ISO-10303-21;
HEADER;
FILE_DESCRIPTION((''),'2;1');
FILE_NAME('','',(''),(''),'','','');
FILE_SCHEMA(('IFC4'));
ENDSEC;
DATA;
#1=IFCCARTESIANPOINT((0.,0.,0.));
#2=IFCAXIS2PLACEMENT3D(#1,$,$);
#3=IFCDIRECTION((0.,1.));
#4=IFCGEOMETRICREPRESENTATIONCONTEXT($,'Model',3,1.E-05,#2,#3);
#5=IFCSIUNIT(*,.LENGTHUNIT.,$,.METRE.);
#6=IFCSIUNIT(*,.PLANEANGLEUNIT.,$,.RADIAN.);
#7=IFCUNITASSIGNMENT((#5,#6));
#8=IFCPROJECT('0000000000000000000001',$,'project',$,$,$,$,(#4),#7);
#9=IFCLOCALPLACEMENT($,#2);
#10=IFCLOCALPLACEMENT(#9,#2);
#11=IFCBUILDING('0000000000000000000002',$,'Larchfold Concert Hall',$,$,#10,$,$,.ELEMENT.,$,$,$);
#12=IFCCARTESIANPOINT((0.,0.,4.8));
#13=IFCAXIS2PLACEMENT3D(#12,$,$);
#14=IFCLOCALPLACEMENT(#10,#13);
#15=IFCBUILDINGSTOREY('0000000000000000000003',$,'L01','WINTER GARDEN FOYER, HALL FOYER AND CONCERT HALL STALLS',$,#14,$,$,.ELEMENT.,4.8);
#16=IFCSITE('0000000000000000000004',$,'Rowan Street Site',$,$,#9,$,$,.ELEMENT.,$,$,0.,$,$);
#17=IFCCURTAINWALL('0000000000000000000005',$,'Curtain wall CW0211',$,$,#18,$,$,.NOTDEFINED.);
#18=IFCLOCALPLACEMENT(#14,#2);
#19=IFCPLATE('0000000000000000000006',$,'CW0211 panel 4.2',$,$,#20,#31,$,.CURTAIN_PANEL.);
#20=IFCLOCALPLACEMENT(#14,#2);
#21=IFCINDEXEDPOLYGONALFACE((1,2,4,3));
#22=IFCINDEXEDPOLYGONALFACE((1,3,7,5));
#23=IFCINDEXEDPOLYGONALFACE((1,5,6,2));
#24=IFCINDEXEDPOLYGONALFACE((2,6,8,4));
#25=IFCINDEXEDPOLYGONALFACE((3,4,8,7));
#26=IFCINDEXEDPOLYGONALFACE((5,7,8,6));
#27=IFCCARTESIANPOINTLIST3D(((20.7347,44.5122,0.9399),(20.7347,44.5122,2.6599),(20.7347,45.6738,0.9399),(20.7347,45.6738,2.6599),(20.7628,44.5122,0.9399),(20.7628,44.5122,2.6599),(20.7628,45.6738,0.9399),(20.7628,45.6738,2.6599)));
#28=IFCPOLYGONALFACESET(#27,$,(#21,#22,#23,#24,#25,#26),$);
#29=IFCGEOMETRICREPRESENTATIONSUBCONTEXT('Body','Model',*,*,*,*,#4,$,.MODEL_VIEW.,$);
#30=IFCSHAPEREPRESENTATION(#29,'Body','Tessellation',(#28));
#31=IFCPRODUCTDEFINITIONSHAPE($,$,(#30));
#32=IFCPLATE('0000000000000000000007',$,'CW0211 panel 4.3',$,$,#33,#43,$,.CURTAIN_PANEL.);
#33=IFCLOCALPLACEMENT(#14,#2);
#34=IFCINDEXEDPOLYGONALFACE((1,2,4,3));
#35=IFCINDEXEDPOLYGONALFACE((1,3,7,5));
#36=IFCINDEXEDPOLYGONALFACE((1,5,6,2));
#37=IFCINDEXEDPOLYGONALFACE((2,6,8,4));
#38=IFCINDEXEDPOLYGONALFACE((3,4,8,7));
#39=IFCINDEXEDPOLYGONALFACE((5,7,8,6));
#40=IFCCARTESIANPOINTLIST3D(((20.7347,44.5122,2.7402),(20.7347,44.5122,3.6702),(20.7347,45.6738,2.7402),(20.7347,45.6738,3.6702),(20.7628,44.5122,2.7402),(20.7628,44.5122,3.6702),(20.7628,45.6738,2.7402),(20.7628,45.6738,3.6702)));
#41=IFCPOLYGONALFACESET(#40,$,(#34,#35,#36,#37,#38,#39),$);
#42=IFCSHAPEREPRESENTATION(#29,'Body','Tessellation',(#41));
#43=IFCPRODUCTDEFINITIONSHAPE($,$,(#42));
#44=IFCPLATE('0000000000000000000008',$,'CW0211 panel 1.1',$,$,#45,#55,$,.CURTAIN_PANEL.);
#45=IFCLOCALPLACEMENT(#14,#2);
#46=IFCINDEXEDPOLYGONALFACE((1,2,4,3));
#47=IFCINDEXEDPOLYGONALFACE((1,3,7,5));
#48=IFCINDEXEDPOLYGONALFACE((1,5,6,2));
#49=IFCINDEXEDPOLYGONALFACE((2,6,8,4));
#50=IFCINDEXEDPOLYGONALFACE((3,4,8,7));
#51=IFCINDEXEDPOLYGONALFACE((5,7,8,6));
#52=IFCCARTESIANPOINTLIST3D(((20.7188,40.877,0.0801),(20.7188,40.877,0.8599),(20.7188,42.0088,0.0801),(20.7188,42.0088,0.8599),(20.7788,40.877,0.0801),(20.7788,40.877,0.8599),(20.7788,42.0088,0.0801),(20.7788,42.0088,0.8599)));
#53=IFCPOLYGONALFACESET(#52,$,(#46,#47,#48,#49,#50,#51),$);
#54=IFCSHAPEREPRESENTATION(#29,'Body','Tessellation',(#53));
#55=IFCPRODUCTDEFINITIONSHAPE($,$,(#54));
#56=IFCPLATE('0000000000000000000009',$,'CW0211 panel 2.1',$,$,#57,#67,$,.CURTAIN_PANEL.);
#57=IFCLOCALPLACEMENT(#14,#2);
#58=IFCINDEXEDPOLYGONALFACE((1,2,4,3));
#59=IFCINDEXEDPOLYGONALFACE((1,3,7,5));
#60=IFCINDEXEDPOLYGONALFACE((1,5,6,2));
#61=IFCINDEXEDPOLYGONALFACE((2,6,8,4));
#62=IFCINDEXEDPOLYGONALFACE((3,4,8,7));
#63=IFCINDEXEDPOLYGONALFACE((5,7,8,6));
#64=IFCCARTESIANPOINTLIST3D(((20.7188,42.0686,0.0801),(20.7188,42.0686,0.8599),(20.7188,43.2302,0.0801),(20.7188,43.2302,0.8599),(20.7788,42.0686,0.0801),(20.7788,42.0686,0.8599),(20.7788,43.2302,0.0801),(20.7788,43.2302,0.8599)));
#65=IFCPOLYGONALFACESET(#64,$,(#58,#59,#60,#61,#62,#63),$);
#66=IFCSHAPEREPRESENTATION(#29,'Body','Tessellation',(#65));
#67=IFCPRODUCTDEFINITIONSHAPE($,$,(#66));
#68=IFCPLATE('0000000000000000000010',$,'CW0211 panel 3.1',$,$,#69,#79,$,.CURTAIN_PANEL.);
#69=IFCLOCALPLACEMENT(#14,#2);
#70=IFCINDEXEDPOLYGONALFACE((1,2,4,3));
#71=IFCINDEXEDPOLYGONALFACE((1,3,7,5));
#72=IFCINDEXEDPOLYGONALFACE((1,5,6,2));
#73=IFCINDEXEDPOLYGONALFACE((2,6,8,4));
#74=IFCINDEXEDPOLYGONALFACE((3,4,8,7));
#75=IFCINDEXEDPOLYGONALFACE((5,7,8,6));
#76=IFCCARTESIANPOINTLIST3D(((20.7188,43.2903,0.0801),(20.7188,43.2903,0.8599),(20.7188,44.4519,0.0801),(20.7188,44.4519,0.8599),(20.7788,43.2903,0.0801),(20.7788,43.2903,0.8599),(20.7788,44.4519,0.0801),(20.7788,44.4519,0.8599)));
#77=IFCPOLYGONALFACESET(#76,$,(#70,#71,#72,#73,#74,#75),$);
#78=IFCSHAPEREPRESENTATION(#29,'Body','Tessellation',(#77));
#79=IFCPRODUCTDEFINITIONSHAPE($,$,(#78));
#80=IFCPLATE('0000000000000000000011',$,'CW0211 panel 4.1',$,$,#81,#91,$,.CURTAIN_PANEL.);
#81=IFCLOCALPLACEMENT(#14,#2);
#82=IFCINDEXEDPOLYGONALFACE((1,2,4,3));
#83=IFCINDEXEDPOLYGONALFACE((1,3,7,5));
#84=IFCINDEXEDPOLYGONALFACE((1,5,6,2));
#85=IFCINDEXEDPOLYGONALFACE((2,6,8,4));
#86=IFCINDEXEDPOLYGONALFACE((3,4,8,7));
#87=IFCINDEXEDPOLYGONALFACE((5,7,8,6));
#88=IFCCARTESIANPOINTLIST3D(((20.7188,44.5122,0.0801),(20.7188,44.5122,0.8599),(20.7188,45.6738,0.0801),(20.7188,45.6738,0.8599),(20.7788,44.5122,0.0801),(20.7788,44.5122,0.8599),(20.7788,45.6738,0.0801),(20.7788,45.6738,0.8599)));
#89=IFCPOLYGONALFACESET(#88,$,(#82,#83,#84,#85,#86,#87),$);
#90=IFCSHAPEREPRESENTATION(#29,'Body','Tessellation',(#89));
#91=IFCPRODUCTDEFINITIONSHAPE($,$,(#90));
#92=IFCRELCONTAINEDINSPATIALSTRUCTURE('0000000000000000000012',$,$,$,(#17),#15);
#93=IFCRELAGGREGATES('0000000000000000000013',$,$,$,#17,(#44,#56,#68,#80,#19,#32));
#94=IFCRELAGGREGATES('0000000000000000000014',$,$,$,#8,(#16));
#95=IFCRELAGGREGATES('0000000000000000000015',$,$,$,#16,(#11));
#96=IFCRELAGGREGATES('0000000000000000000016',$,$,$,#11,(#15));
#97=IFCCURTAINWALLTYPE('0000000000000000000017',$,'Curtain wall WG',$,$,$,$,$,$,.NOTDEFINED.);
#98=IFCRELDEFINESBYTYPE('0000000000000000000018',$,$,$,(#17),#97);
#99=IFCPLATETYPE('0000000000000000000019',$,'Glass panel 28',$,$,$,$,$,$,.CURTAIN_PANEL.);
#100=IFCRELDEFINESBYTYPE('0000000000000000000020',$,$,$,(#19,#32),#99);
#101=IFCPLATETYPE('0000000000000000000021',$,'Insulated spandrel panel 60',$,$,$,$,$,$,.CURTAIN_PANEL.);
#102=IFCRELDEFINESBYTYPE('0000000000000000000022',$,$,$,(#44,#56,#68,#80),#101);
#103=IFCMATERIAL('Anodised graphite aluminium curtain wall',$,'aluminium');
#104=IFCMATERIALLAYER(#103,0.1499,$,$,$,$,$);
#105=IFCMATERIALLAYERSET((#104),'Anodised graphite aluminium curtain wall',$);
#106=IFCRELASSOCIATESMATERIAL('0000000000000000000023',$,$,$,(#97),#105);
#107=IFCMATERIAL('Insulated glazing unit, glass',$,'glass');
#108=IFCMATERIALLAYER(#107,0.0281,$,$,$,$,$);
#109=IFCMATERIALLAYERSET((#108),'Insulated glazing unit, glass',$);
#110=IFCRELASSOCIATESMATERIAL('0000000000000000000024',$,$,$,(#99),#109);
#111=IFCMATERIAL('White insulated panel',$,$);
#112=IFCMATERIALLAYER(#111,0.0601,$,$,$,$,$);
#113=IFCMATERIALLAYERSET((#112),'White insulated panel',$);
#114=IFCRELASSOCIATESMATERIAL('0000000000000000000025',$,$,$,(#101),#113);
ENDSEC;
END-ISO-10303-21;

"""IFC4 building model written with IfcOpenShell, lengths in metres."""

from ifc_helpers import new_model, si_unit, direction, frame, origin, origin_2d, place, context, subcontext, project, spatial, rectangle, extrude, material, layer, layer_set, type_object, element, aggregate, save


model = new_model("IFC4")

# Units and contexts
model_context = context("Model", 3, precision=1e-05, world=origin(), true_north=direction((0.0, 1.0)))
body_context = subcontext(model_context, "Body", "Model", "MODEL_VIEW")
ifc_project = project(units=[si_unit("LENGTHUNIT", "METRE"), si_unit("PLANEANGLEUNIT", "RADIAN")], contexts=[model_context])

# Site, building, storey
site_placement = place(None, origin())
site = spatial("IfcSite", under=ifc_project, at=site_placement, Name="Rowan Street Site", CompositionType="ELEMENT", RefElevation=0.0)
building_placement = place(site_placement, origin())
building = spatial("IfcBuilding", under=site, at=building_placement, Name="Larchfold Concert Hall", CompositionType="ELEMENT")
storey_placement = place(building_placement, frame((0.0, 0.0, 4.8)))
storey = spatial("IfcBuildingStorey", under=building, at=storey_placement, Name="L01", Description="WINTER GARDEN FOYER, HALL FOYER AND CONCERT HALL STALLS", CompositionType="ELEMENT", Elevation=4.8)

# Curtain wall, plates
ifc_material_1 = material(Name="Anodised graphite aluminium curtain wall", Category="aluminium")
ifc_layer_1 = layer(ifc_material_1, 0.1499)
ifc_layer_set_1 = layer_set([ifc_layer_1], Name="Anodised graphite aluminium curtain wall")
curtain_wall_type = type_object("IfcCurtainWallType", Name="Curtain wall WG", PredefinedType="NOTDEFINED", material=ifc_layer_set_1)
curtain_wall_placement = place(storey_placement, origin())
curtain_wall = element("IfcCurtainWall", 1, at=curtain_wall_placement, inside=storey, type_object=curtain_wall_type, Name="Curtain wall CW0211", PredefinedType="NOTDEFINED")
ifc_material_2 = material(Name="Insulated glazing unit, glass", Category="glass")
ifc_layer_2 = layer(ifc_material_2, 0.0281)
ifc_layer_set_2 = layer_set([ifc_layer_2], Name="Insulated glazing unit, glass")
plate_type_1 = type_object("IfcPlateType", Name="Glass panel 28", PredefinedType="CURTAIN_PANEL", material=ifc_layer_set_2)
plate_1_placement = place(storey_placement, frame((20.7488, 45.093, 0.9399), z_axis=(0.0, 0.0, 1.0), x_axis=(0.0, 1.0, 0.0)))
plate_1 = element("IfcPlate", 2, at=plate_1_placement, type_object=plate_type_1, Name="CW0211 panel 4.2", PredefinedType="CURTAIN_PANEL", context=body_context, shape_type="SweptSolid", body=[
    extrude(rectangle(XDim=1.1616, YDim=0.0281, at=origin_2d()), origin(), (0.0, 0.0, 1.0), 1.72),
])
plate_2_placement = place(storey_placement, frame((20.7488, 45.093, 2.7402), z_axis=(0.0, 0.0, 1.0), x_axis=(0.0, 1.0, 0.0)))
plate_2 = element("IfcPlate", 3, at=plate_2_placement, type_object=plate_type_1, Name="CW0211 panel 4.3", PredefinedType="CURTAIN_PANEL", context=body_context, shape_type="SweptSolid", body=[
    extrude(rectangle(XDim=1.1616, YDim=0.0281, at=origin_2d()), origin(), (0.0, 0.0, 1.0), 0.9299),
])
ifc_material_3 = material(Name="White insulated panel")
ifc_layer_3 = layer(ifc_material_3, 0.0601)
ifc_layer_set_3 = layer_set([ifc_layer_3], Name="White insulated panel")
plate_type_2 = type_object("IfcPlateType", Name="Insulated spandrel panel 60", PredefinedType="CURTAIN_PANEL", material=ifc_layer_set_3)
plate_3_placement = place(storey_placement, frame((20.7488, 41.4429, 0.0801), z_axis=(0.0, 0.0, 1.0), x_axis=(0.0, 1.0, 0.0)))
plate_3 = element("IfcPlate", 4, at=plate_3_placement, type_object=plate_type_2, Name="CW0211 panel 1.1", PredefinedType="CURTAIN_PANEL", context=body_context, shape_type="SweptSolid", body=[
    extrude(rectangle(XDim=1.1318, YDim=0.0601, at=origin_2d()), origin(), (0.0, 0.0, 1.0), 0.7798),
])
plate_4_placement = place(storey_placement, frame((20.7488, 42.6494, 0.0801), z_axis=(0.0, 0.0, 1.0), x_axis=(0.0, 1.0, 0.0)))
plate_4 = element("IfcPlate", 5, at=plate_4_placement, type_object=plate_type_2, Name="CW0211 panel 2.1", PredefinedType="CURTAIN_PANEL", context=body_context, shape_type="SweptSolid", body=[
    extrude(rectangle(XDim=1.1616, YDim=0.0601, at=origin_2d()), origin(), (0.0, 0.0, 1.0), 0.7798),
])
plate_5_placement = place(storey_placement, frame((20.7488, 43.8711, 0.0801), z_axis=(0.0, 0.0, 1.0), x_axis=(0.0, 1.0, 0.0)))
plate_5 = element("IfcPlate", 6, at=plate_5_placement, type_object=plate_type_2, Name="CW0211 panel 3.1", PredefinedType="CURTAIN_PANEL", context=body_context, shape_type="SweptSolid", body=[
    extrude(rectangle(XDim=1.1616, YDim=0.0601, at=origin_2d()), origin(), (0.0, 0.0, 1.0), 0.7798),
])
plate_6_placement = place(storey_placement, frame((20.7488, 45.093, 0.0801), z_axis=(0.0, 0.0, 1.0), x_axis=(0.0, 1.0, 0.0)))
plate_6 = element("IfcPlate", 7, at=plate_6_placement, type_object=plate_type_2, Name="CW0211 panel 4.1", PredefinedType="CURTAIN_PANEL", context=body_context, shape_type="SweptSolid", body=[
    extrude(rectangle(XDim=1.1616, YDim=0.0601, at=origin_2d()), origin(), (0.0, 0.0, 1.0), 0.7798),
])
aggregate(curtain_wall, [plate_3, plate_4, plate_5, plate_6, plate_1, plate_2])

save(model, "model.ifc")
